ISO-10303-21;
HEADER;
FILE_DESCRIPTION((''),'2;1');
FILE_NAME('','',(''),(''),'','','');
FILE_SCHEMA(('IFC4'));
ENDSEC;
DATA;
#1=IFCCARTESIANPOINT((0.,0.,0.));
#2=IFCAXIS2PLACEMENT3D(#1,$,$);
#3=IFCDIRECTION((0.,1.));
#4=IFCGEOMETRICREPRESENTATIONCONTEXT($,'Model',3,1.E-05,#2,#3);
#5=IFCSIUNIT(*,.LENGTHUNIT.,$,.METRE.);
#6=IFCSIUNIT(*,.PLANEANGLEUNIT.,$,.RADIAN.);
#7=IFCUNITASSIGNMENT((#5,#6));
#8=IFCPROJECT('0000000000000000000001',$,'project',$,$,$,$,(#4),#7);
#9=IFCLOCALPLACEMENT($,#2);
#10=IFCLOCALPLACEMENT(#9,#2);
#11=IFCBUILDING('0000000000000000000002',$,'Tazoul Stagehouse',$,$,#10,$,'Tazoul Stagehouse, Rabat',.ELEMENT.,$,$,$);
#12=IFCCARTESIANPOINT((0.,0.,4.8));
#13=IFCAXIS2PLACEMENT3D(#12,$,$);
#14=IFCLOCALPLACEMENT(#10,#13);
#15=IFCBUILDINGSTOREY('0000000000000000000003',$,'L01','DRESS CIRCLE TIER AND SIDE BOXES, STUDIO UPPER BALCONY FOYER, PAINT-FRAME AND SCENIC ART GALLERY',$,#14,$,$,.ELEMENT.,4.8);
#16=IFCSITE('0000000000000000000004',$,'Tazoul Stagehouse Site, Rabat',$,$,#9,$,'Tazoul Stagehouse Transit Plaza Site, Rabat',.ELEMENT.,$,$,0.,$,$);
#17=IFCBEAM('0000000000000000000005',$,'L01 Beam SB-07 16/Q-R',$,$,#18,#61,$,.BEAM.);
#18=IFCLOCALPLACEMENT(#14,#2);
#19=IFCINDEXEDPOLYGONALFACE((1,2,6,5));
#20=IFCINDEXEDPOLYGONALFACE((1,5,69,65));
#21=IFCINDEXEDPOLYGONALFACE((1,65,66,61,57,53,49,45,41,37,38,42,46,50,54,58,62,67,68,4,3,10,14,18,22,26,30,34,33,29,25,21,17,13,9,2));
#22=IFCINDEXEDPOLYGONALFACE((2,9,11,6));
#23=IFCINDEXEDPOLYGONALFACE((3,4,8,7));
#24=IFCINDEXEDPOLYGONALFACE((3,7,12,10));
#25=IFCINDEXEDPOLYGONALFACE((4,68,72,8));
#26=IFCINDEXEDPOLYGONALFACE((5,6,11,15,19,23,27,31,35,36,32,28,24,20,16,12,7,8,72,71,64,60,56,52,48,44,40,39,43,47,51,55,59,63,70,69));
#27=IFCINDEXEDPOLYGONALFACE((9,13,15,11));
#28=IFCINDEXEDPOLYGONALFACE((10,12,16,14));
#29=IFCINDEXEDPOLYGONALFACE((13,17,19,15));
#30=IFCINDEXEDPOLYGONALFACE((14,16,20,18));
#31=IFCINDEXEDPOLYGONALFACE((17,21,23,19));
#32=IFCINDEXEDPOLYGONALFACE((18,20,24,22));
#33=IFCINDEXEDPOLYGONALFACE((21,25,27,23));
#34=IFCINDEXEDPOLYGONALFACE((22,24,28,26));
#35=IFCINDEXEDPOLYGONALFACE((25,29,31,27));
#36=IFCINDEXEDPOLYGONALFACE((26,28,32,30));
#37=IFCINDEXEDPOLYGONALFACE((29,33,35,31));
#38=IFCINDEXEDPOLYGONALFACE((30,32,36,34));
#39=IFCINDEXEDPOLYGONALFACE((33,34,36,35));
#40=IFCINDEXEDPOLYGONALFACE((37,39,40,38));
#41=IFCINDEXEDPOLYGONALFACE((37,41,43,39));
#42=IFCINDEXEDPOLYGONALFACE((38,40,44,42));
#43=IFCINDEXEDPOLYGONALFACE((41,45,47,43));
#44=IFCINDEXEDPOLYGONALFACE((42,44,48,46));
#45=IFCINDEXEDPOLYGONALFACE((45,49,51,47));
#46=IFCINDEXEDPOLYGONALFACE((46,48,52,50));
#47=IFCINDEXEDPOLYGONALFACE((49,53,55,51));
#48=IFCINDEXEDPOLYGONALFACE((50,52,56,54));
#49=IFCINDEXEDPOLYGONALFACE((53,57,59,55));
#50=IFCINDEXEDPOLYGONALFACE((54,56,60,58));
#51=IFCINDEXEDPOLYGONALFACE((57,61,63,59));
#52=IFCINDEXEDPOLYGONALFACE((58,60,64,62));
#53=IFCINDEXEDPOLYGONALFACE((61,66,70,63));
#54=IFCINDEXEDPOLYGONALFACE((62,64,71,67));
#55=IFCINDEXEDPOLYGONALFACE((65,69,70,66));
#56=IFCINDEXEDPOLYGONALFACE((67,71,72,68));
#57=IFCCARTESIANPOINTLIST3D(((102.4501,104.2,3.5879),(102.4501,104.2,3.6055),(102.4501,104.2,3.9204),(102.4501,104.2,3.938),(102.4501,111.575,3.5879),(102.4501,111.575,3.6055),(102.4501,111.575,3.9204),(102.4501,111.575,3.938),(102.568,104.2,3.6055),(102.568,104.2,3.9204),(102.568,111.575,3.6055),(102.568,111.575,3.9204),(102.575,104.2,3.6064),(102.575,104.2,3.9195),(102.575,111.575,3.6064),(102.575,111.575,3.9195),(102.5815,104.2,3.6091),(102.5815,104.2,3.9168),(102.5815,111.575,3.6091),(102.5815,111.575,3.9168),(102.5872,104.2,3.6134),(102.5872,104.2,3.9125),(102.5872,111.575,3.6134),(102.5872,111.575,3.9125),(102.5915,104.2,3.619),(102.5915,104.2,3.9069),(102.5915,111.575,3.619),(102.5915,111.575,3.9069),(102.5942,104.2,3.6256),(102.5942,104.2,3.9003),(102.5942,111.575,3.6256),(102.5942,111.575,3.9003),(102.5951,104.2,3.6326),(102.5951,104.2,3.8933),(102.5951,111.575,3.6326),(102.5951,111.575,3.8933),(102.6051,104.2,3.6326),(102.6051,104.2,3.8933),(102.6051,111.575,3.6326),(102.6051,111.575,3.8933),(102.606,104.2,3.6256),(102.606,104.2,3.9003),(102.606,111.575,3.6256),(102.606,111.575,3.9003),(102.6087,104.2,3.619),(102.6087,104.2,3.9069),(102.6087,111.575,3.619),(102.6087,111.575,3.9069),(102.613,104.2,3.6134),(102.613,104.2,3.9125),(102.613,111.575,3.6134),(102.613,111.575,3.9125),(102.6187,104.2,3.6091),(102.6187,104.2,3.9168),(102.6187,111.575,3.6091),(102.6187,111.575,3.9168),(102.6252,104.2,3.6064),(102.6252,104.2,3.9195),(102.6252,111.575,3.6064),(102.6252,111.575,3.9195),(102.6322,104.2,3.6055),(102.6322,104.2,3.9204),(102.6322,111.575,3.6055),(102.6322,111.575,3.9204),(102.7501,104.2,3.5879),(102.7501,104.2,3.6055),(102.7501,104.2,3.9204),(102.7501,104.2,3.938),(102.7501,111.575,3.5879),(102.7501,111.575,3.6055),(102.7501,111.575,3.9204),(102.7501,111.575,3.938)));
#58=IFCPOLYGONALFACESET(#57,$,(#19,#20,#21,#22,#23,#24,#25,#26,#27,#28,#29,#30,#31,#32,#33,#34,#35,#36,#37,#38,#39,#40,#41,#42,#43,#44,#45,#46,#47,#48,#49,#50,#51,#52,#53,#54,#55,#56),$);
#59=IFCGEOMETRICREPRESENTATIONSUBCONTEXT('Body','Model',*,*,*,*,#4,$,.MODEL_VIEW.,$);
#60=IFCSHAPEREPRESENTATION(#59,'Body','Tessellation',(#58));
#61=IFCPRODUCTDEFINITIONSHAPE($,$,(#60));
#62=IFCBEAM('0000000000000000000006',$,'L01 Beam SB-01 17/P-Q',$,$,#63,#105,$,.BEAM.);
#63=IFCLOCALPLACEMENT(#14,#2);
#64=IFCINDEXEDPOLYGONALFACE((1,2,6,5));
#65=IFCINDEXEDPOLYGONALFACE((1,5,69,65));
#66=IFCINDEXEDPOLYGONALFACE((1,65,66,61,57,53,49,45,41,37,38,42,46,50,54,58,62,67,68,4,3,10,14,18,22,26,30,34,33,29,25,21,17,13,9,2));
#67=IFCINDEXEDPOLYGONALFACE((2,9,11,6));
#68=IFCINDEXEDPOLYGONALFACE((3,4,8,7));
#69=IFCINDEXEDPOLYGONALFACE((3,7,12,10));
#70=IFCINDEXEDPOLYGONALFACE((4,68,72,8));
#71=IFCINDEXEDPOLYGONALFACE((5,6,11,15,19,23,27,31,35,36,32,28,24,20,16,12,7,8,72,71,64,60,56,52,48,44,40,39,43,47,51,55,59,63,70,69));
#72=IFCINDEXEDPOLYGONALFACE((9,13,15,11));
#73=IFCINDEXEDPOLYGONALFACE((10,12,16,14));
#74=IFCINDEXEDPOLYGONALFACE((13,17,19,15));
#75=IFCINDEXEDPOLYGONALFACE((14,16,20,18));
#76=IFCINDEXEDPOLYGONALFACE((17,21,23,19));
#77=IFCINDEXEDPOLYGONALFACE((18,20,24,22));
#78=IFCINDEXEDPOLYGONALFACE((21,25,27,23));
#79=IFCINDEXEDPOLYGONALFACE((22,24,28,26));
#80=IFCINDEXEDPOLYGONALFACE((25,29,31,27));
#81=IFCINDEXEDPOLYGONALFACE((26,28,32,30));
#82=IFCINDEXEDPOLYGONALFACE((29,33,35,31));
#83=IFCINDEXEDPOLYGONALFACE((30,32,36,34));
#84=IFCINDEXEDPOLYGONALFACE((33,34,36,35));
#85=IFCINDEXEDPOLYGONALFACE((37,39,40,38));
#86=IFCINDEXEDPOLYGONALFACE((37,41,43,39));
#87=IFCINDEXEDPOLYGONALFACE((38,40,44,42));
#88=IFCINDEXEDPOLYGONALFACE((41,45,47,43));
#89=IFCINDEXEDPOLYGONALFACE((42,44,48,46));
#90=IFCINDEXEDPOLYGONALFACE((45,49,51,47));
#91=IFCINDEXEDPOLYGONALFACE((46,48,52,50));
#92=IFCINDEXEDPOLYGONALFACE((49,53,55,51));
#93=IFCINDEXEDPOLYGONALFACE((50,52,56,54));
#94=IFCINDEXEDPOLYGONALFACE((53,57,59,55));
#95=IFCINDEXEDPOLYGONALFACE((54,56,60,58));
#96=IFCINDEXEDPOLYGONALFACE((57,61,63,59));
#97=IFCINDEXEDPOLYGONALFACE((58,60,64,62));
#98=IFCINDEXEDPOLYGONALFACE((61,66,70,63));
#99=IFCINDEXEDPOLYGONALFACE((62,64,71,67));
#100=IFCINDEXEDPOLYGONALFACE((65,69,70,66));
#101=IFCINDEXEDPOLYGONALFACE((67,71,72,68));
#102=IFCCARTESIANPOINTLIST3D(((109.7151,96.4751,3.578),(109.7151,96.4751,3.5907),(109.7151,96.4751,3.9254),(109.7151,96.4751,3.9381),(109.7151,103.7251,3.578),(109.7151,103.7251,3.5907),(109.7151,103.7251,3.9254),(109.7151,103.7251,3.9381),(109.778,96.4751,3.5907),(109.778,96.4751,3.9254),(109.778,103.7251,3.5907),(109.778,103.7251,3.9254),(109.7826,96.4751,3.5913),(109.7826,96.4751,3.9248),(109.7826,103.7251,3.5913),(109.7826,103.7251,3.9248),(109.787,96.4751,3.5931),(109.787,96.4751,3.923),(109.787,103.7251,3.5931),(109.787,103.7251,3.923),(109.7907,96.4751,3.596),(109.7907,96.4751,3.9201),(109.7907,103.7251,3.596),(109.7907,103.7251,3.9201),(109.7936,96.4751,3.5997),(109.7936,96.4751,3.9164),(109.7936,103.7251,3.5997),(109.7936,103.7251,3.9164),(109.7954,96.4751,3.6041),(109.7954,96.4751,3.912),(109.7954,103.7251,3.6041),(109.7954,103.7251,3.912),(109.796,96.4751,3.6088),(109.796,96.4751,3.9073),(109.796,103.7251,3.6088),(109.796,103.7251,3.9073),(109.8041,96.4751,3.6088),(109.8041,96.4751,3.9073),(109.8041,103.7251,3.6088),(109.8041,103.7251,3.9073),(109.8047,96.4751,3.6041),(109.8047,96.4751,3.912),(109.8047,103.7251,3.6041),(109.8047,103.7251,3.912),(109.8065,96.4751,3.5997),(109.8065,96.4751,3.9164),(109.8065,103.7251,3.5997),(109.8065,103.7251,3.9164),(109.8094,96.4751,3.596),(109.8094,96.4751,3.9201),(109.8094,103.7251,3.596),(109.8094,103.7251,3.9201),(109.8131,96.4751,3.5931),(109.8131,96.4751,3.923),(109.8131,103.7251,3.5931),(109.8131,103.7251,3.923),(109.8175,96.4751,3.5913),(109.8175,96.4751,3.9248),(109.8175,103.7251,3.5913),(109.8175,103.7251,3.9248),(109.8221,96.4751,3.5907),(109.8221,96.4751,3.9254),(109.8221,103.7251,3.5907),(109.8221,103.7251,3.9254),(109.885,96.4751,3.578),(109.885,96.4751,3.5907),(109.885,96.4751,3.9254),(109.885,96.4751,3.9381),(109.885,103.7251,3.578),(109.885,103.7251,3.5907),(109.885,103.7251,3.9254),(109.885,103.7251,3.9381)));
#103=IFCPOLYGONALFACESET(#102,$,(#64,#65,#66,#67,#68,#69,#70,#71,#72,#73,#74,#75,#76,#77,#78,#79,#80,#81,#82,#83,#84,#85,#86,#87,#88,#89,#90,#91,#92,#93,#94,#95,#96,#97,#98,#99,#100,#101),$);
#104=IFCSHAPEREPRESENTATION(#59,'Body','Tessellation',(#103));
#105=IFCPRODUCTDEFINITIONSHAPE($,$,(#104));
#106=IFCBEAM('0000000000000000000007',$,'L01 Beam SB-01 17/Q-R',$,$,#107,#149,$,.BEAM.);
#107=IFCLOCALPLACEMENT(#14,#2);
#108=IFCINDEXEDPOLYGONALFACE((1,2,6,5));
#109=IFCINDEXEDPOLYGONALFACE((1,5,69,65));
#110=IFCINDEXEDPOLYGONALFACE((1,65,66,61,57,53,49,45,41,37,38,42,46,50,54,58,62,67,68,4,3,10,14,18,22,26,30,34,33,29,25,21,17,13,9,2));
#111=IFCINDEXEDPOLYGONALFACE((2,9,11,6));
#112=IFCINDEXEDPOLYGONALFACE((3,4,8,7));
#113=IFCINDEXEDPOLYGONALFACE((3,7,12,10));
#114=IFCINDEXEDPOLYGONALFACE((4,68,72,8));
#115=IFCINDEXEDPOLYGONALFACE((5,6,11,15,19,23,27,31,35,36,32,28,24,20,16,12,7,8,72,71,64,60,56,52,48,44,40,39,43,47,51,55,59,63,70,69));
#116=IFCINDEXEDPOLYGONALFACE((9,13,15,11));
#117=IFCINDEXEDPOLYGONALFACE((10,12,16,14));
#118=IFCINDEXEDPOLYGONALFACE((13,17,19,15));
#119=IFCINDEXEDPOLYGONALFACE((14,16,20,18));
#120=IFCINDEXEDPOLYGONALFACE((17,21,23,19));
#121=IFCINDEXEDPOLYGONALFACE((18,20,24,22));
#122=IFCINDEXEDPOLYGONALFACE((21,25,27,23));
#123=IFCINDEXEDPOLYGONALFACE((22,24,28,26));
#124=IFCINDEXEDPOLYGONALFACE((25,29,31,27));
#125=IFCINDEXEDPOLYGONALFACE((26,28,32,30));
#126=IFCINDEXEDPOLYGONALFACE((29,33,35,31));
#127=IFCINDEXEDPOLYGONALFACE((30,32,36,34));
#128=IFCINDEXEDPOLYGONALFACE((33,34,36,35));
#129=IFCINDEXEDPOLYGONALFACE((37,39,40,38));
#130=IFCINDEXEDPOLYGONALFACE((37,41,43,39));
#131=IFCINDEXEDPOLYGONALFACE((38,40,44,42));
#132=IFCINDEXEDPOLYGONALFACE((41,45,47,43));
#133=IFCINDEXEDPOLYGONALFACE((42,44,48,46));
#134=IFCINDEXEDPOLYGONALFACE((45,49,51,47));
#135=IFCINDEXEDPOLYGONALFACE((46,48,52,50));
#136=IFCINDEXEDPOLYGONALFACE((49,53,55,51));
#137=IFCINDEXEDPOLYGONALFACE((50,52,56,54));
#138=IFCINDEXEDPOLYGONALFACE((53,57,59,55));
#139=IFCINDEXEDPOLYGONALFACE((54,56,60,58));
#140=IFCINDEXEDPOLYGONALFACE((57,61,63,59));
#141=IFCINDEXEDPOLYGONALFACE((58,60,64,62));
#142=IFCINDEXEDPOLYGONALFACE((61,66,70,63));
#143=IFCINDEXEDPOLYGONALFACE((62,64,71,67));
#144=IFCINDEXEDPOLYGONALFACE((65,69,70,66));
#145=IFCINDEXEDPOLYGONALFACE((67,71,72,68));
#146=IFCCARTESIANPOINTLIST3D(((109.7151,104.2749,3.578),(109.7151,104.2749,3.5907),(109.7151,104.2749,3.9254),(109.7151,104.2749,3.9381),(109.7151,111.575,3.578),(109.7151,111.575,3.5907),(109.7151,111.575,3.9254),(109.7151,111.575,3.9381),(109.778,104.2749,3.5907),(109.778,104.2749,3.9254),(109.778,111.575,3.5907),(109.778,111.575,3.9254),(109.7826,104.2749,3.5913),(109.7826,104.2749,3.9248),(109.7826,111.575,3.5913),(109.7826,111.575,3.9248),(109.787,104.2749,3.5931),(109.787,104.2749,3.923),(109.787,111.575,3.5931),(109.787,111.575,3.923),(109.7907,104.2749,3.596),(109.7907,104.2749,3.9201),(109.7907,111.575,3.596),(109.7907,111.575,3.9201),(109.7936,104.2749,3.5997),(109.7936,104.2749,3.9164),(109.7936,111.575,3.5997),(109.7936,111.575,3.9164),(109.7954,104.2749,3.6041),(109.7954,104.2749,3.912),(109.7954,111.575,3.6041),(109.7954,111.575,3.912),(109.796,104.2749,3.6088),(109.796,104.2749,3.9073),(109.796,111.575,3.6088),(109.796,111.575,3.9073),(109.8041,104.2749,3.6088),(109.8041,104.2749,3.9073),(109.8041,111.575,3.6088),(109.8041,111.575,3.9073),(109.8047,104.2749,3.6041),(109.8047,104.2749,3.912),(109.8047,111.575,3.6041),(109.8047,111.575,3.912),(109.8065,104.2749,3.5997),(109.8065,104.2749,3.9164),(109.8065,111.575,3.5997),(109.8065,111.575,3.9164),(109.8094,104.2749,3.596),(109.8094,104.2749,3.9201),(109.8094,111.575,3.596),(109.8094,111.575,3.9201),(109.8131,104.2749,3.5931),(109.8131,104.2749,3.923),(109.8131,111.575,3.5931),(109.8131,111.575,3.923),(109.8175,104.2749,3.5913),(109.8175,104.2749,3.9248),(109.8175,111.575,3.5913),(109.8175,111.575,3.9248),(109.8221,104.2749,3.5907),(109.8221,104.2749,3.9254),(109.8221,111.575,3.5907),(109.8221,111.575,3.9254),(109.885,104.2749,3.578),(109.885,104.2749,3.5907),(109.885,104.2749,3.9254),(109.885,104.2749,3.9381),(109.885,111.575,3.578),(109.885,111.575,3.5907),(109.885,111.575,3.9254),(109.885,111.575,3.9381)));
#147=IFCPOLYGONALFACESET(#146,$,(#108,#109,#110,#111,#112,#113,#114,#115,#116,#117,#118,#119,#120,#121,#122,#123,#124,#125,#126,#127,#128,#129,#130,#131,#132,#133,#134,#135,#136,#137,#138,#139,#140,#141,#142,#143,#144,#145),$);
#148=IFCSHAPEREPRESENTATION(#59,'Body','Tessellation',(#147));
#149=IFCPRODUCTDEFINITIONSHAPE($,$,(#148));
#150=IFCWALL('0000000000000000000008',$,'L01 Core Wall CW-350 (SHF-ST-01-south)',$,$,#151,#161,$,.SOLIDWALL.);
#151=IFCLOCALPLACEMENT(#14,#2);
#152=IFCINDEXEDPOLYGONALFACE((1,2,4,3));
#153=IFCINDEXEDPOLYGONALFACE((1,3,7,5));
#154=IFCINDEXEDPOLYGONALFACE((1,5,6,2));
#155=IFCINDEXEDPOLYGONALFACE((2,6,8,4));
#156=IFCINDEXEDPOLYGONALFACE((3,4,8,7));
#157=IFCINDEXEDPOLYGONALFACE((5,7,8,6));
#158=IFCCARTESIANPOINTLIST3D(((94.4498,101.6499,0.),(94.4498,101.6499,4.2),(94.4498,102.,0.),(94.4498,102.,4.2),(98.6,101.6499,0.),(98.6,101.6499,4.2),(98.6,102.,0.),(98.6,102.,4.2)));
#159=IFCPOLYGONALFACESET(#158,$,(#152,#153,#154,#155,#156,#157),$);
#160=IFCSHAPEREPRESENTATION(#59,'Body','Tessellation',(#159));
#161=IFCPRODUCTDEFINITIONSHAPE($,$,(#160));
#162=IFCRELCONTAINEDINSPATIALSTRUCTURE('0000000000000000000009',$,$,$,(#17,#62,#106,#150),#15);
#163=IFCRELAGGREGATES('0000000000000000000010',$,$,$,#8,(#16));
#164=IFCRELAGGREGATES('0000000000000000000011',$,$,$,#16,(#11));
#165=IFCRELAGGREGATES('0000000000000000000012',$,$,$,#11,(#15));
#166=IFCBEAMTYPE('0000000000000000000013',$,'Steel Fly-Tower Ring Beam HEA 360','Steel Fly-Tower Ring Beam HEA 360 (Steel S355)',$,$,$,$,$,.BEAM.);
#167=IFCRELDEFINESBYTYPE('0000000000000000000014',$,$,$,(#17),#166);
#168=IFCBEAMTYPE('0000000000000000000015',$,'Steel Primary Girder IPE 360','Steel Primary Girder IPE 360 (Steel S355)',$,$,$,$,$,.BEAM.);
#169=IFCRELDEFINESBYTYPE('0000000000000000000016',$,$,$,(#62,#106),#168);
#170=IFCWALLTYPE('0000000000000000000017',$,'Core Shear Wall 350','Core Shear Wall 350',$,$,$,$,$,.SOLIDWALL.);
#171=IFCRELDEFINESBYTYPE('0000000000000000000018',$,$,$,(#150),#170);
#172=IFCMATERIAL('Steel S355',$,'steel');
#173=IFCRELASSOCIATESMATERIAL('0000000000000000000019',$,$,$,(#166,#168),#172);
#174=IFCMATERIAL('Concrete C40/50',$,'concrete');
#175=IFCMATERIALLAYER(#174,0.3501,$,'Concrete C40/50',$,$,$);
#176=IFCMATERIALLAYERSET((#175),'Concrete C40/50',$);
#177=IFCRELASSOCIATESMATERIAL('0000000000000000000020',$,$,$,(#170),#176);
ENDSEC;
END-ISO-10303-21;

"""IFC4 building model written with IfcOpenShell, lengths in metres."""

from ifc_helpers import new_model, si_unit, direction, frame, frame_2d, origin, origin_2d, place, context, subcontext, project, spatial, rectangle, i_section, extrude, material, layer, layer_set, material_profile, profile_set, type_object, element, save


model = new_model("IFC4")

# Units and contexts
model_context = context("Model", 3, precision=1e-05, world=origin(), true_north=direction((0.0, 1.0)))
body_context = subcontext(model_context, "Body", "Model", "MODEL_VIEW")
ifc_project = project(units=[si_unit("LENGTHUNIT", "METRE"), si_unit("PLANEANGLEUNIT", "RADIAN")], contexts=[model_context])

# Site, building, storey
site_placement = place(None, origin())
site = spatial("IfcSite", under=ifc_project, at=site_placement, Name="Tazoul Stagehouse Site, Rabat", LongName="Tazoul Stagehouse Transit Plaza Site, Rabat", CompositionType="ELEMENT", RefElevation=0.0)
building_placement = place(site_placement, origin())
building = spatial("IfcBuilding", under=site, at=building_placement, Name="Tazoul Stagehouse", LongName="Tazoul Stagehouse, Rabat", CompositionType="ELEMENT")
storey_placement = place(building_placement, frame((0.0, 0.0, 4.8)))
storey = spatial("IfcBuildingStorey", under=building, at=storey_placement, Name="L01", Description="DRESS CIRCLE TIER AND SIDE BOXES, STUDIO UPPER BALCONY FOYER, PAINT-FRAME AND SCENIC ART GALLERY", CompositionType="ELEMENT", Elevation=4.8)

# Shared definitions
ifc_material_1 = material(Name="Concrete C40/50", Category="concrete")
ifc_material_2 = material(Name="Steel S355", Category="steel")

# Beams
ifc_material_profile_1 = material_profile(ifc_material_2, i_section(OverallWidth=0.3, OverallDepth=0.3501, WebThickness=0.01, FlangeThickness=0.0176, FilletRadius=0.0271, at=origin_2d()), Name="HEA 360")
ifc_profile_set_1 = profile_set([ifc_material_profile_1], Name="Steel S355")
beam_type_1 = type_object("IfcBeamType", Name="Steel Fly-Tower Ring Beam HEA 360", Description="Steel Fly-Tower Ring Beam HEA 360 (Steel S355)", PredefinedType="BEAM", material=ifc_profile_set_1)
beam_1_placement = place(storey_placement, frame((102.6001, 104.2, 3.7629), z_axis=(0.0, 1.0, 0.0), x_axis=(-1.0, 0.0, 0.0)))
element("IfcBeam", 1, at=beam_1_placement, inside=storey, type_object=beam_type_1, Name="L01 Beam SB-07 16/Q-R", PredefinedType="BEAM", context=body_context, shape_type="SweptSolid", body=[
    extrude(i_section(OverallWidth=0.3, OverallDepth=0.3501, WebThickness=0.01, FlangeThickness=0.0176, FilletRadius=0.0271, at=origin_2d()), origin(), (0.0, 0.0, 1.0), 7.375),
])
ifc_material_profile_2 = material_profile(ifc_material_2, i_section(OverallWidth=0.1699, OverallDepth=0.3601, WebThickness=0.0081, FlangeThickness=0.0127, FilletRadius=0.0181, at=origin_2d()), Name="IPE 360")
ifc_profile_set_2 = profile_set([ifc_material_profile_2], Name="Steel S355")
beam_type_2 = type_object("IfcBeamType", Name="Steel Primary Girder IPE 360", Description="Steel Primary Girder IPE 360 (Steel S355)", PredefinedType="BEAM", material=ifc_profile_set_2)
beam_2_placement = place(storey_placement, frame((109.8, 96.4751, 3.7581), z_axis=(0.0, 1.0, 0.0), x_axis=(-1.0, 0.0, 0.0)))
element("IfcBeam", 2, at=beam_2_placement, inside=storey, type_object=beam_type_2, Name="L01 Beam SB-01 17/P-Q", PredefinedType="BEAM", context=body_context, shape_type="SweptSolid", body=[
    extrude(i_section(OverallWidth=0.1699, OverallDepth=0.3601, WebThickness=0.0081, FlangeThickness=0.0127, FilletRadius=0.0181, at=origin_2d()), origin(), (0.0, 0.0, 1.0), 7.25),
])
beam_3_placement = place(storey_placement, frame((109.8, 104.2749, 3.7581), z_axis=(0.0, 1.0, 0.0), x_axis=(-1.0, 0.0, 0.0)))
element("IfcBeam", 3, at=beam_3_placement, inside=storey, type_object=beam_type_2, Name="L01 Beam SB-01 17/Q-R", PredefinedType="BEAM", context=body_context, shape_type="SweptSolid", body=[
    extrude(i_section(OverallWidth=0.1699, OverallDepth=0.3601, WebThickness=0.0081, FlangeThickness=0.0127, FilletRadius=0.0181, at=origin_2d()), origin(), (0.0, 0.0, 1.0), 7.3),
])

# Wall
ifc_layer_1 = layer(ifc_material_1, 0.3501, Name="Concrete C40/50")
ifc_layer_set_1 = layer_set([ifc_layer_1], Name="Concrete C40/50")
wall_type_1 = type_object("IfcWallType", Name="Core Shear Wall 350", Description="Core Shear Wall 350", PredefinedType="SOLIDWALL", material=ifc_layer_set_1)
wall_1_placement = place(storey_placement, frame((98.6001, 101.825, 0.0), z_axis=(0.0, 0.0, 1.0), x_axis=(-1.0, 0.0, 0.0)))
element("IfcWall", 4, at=wall_1_placement, inside=storey, type_object=wall_type_1, Name="L01 Core Wall CW-350 (SHF-ST-01-south)", PredefinedType="SOLIDWALL", context=body_context, shape_type="SweptSolid", body=[
    extrude(rectangle(XDim=4.1501, YDim=0.3501, at=frame_2d((2.0752, 0.0))), origin(), (0.0, 0.0, 1.0), 4.2),
])

save(model, "model.ifc")
